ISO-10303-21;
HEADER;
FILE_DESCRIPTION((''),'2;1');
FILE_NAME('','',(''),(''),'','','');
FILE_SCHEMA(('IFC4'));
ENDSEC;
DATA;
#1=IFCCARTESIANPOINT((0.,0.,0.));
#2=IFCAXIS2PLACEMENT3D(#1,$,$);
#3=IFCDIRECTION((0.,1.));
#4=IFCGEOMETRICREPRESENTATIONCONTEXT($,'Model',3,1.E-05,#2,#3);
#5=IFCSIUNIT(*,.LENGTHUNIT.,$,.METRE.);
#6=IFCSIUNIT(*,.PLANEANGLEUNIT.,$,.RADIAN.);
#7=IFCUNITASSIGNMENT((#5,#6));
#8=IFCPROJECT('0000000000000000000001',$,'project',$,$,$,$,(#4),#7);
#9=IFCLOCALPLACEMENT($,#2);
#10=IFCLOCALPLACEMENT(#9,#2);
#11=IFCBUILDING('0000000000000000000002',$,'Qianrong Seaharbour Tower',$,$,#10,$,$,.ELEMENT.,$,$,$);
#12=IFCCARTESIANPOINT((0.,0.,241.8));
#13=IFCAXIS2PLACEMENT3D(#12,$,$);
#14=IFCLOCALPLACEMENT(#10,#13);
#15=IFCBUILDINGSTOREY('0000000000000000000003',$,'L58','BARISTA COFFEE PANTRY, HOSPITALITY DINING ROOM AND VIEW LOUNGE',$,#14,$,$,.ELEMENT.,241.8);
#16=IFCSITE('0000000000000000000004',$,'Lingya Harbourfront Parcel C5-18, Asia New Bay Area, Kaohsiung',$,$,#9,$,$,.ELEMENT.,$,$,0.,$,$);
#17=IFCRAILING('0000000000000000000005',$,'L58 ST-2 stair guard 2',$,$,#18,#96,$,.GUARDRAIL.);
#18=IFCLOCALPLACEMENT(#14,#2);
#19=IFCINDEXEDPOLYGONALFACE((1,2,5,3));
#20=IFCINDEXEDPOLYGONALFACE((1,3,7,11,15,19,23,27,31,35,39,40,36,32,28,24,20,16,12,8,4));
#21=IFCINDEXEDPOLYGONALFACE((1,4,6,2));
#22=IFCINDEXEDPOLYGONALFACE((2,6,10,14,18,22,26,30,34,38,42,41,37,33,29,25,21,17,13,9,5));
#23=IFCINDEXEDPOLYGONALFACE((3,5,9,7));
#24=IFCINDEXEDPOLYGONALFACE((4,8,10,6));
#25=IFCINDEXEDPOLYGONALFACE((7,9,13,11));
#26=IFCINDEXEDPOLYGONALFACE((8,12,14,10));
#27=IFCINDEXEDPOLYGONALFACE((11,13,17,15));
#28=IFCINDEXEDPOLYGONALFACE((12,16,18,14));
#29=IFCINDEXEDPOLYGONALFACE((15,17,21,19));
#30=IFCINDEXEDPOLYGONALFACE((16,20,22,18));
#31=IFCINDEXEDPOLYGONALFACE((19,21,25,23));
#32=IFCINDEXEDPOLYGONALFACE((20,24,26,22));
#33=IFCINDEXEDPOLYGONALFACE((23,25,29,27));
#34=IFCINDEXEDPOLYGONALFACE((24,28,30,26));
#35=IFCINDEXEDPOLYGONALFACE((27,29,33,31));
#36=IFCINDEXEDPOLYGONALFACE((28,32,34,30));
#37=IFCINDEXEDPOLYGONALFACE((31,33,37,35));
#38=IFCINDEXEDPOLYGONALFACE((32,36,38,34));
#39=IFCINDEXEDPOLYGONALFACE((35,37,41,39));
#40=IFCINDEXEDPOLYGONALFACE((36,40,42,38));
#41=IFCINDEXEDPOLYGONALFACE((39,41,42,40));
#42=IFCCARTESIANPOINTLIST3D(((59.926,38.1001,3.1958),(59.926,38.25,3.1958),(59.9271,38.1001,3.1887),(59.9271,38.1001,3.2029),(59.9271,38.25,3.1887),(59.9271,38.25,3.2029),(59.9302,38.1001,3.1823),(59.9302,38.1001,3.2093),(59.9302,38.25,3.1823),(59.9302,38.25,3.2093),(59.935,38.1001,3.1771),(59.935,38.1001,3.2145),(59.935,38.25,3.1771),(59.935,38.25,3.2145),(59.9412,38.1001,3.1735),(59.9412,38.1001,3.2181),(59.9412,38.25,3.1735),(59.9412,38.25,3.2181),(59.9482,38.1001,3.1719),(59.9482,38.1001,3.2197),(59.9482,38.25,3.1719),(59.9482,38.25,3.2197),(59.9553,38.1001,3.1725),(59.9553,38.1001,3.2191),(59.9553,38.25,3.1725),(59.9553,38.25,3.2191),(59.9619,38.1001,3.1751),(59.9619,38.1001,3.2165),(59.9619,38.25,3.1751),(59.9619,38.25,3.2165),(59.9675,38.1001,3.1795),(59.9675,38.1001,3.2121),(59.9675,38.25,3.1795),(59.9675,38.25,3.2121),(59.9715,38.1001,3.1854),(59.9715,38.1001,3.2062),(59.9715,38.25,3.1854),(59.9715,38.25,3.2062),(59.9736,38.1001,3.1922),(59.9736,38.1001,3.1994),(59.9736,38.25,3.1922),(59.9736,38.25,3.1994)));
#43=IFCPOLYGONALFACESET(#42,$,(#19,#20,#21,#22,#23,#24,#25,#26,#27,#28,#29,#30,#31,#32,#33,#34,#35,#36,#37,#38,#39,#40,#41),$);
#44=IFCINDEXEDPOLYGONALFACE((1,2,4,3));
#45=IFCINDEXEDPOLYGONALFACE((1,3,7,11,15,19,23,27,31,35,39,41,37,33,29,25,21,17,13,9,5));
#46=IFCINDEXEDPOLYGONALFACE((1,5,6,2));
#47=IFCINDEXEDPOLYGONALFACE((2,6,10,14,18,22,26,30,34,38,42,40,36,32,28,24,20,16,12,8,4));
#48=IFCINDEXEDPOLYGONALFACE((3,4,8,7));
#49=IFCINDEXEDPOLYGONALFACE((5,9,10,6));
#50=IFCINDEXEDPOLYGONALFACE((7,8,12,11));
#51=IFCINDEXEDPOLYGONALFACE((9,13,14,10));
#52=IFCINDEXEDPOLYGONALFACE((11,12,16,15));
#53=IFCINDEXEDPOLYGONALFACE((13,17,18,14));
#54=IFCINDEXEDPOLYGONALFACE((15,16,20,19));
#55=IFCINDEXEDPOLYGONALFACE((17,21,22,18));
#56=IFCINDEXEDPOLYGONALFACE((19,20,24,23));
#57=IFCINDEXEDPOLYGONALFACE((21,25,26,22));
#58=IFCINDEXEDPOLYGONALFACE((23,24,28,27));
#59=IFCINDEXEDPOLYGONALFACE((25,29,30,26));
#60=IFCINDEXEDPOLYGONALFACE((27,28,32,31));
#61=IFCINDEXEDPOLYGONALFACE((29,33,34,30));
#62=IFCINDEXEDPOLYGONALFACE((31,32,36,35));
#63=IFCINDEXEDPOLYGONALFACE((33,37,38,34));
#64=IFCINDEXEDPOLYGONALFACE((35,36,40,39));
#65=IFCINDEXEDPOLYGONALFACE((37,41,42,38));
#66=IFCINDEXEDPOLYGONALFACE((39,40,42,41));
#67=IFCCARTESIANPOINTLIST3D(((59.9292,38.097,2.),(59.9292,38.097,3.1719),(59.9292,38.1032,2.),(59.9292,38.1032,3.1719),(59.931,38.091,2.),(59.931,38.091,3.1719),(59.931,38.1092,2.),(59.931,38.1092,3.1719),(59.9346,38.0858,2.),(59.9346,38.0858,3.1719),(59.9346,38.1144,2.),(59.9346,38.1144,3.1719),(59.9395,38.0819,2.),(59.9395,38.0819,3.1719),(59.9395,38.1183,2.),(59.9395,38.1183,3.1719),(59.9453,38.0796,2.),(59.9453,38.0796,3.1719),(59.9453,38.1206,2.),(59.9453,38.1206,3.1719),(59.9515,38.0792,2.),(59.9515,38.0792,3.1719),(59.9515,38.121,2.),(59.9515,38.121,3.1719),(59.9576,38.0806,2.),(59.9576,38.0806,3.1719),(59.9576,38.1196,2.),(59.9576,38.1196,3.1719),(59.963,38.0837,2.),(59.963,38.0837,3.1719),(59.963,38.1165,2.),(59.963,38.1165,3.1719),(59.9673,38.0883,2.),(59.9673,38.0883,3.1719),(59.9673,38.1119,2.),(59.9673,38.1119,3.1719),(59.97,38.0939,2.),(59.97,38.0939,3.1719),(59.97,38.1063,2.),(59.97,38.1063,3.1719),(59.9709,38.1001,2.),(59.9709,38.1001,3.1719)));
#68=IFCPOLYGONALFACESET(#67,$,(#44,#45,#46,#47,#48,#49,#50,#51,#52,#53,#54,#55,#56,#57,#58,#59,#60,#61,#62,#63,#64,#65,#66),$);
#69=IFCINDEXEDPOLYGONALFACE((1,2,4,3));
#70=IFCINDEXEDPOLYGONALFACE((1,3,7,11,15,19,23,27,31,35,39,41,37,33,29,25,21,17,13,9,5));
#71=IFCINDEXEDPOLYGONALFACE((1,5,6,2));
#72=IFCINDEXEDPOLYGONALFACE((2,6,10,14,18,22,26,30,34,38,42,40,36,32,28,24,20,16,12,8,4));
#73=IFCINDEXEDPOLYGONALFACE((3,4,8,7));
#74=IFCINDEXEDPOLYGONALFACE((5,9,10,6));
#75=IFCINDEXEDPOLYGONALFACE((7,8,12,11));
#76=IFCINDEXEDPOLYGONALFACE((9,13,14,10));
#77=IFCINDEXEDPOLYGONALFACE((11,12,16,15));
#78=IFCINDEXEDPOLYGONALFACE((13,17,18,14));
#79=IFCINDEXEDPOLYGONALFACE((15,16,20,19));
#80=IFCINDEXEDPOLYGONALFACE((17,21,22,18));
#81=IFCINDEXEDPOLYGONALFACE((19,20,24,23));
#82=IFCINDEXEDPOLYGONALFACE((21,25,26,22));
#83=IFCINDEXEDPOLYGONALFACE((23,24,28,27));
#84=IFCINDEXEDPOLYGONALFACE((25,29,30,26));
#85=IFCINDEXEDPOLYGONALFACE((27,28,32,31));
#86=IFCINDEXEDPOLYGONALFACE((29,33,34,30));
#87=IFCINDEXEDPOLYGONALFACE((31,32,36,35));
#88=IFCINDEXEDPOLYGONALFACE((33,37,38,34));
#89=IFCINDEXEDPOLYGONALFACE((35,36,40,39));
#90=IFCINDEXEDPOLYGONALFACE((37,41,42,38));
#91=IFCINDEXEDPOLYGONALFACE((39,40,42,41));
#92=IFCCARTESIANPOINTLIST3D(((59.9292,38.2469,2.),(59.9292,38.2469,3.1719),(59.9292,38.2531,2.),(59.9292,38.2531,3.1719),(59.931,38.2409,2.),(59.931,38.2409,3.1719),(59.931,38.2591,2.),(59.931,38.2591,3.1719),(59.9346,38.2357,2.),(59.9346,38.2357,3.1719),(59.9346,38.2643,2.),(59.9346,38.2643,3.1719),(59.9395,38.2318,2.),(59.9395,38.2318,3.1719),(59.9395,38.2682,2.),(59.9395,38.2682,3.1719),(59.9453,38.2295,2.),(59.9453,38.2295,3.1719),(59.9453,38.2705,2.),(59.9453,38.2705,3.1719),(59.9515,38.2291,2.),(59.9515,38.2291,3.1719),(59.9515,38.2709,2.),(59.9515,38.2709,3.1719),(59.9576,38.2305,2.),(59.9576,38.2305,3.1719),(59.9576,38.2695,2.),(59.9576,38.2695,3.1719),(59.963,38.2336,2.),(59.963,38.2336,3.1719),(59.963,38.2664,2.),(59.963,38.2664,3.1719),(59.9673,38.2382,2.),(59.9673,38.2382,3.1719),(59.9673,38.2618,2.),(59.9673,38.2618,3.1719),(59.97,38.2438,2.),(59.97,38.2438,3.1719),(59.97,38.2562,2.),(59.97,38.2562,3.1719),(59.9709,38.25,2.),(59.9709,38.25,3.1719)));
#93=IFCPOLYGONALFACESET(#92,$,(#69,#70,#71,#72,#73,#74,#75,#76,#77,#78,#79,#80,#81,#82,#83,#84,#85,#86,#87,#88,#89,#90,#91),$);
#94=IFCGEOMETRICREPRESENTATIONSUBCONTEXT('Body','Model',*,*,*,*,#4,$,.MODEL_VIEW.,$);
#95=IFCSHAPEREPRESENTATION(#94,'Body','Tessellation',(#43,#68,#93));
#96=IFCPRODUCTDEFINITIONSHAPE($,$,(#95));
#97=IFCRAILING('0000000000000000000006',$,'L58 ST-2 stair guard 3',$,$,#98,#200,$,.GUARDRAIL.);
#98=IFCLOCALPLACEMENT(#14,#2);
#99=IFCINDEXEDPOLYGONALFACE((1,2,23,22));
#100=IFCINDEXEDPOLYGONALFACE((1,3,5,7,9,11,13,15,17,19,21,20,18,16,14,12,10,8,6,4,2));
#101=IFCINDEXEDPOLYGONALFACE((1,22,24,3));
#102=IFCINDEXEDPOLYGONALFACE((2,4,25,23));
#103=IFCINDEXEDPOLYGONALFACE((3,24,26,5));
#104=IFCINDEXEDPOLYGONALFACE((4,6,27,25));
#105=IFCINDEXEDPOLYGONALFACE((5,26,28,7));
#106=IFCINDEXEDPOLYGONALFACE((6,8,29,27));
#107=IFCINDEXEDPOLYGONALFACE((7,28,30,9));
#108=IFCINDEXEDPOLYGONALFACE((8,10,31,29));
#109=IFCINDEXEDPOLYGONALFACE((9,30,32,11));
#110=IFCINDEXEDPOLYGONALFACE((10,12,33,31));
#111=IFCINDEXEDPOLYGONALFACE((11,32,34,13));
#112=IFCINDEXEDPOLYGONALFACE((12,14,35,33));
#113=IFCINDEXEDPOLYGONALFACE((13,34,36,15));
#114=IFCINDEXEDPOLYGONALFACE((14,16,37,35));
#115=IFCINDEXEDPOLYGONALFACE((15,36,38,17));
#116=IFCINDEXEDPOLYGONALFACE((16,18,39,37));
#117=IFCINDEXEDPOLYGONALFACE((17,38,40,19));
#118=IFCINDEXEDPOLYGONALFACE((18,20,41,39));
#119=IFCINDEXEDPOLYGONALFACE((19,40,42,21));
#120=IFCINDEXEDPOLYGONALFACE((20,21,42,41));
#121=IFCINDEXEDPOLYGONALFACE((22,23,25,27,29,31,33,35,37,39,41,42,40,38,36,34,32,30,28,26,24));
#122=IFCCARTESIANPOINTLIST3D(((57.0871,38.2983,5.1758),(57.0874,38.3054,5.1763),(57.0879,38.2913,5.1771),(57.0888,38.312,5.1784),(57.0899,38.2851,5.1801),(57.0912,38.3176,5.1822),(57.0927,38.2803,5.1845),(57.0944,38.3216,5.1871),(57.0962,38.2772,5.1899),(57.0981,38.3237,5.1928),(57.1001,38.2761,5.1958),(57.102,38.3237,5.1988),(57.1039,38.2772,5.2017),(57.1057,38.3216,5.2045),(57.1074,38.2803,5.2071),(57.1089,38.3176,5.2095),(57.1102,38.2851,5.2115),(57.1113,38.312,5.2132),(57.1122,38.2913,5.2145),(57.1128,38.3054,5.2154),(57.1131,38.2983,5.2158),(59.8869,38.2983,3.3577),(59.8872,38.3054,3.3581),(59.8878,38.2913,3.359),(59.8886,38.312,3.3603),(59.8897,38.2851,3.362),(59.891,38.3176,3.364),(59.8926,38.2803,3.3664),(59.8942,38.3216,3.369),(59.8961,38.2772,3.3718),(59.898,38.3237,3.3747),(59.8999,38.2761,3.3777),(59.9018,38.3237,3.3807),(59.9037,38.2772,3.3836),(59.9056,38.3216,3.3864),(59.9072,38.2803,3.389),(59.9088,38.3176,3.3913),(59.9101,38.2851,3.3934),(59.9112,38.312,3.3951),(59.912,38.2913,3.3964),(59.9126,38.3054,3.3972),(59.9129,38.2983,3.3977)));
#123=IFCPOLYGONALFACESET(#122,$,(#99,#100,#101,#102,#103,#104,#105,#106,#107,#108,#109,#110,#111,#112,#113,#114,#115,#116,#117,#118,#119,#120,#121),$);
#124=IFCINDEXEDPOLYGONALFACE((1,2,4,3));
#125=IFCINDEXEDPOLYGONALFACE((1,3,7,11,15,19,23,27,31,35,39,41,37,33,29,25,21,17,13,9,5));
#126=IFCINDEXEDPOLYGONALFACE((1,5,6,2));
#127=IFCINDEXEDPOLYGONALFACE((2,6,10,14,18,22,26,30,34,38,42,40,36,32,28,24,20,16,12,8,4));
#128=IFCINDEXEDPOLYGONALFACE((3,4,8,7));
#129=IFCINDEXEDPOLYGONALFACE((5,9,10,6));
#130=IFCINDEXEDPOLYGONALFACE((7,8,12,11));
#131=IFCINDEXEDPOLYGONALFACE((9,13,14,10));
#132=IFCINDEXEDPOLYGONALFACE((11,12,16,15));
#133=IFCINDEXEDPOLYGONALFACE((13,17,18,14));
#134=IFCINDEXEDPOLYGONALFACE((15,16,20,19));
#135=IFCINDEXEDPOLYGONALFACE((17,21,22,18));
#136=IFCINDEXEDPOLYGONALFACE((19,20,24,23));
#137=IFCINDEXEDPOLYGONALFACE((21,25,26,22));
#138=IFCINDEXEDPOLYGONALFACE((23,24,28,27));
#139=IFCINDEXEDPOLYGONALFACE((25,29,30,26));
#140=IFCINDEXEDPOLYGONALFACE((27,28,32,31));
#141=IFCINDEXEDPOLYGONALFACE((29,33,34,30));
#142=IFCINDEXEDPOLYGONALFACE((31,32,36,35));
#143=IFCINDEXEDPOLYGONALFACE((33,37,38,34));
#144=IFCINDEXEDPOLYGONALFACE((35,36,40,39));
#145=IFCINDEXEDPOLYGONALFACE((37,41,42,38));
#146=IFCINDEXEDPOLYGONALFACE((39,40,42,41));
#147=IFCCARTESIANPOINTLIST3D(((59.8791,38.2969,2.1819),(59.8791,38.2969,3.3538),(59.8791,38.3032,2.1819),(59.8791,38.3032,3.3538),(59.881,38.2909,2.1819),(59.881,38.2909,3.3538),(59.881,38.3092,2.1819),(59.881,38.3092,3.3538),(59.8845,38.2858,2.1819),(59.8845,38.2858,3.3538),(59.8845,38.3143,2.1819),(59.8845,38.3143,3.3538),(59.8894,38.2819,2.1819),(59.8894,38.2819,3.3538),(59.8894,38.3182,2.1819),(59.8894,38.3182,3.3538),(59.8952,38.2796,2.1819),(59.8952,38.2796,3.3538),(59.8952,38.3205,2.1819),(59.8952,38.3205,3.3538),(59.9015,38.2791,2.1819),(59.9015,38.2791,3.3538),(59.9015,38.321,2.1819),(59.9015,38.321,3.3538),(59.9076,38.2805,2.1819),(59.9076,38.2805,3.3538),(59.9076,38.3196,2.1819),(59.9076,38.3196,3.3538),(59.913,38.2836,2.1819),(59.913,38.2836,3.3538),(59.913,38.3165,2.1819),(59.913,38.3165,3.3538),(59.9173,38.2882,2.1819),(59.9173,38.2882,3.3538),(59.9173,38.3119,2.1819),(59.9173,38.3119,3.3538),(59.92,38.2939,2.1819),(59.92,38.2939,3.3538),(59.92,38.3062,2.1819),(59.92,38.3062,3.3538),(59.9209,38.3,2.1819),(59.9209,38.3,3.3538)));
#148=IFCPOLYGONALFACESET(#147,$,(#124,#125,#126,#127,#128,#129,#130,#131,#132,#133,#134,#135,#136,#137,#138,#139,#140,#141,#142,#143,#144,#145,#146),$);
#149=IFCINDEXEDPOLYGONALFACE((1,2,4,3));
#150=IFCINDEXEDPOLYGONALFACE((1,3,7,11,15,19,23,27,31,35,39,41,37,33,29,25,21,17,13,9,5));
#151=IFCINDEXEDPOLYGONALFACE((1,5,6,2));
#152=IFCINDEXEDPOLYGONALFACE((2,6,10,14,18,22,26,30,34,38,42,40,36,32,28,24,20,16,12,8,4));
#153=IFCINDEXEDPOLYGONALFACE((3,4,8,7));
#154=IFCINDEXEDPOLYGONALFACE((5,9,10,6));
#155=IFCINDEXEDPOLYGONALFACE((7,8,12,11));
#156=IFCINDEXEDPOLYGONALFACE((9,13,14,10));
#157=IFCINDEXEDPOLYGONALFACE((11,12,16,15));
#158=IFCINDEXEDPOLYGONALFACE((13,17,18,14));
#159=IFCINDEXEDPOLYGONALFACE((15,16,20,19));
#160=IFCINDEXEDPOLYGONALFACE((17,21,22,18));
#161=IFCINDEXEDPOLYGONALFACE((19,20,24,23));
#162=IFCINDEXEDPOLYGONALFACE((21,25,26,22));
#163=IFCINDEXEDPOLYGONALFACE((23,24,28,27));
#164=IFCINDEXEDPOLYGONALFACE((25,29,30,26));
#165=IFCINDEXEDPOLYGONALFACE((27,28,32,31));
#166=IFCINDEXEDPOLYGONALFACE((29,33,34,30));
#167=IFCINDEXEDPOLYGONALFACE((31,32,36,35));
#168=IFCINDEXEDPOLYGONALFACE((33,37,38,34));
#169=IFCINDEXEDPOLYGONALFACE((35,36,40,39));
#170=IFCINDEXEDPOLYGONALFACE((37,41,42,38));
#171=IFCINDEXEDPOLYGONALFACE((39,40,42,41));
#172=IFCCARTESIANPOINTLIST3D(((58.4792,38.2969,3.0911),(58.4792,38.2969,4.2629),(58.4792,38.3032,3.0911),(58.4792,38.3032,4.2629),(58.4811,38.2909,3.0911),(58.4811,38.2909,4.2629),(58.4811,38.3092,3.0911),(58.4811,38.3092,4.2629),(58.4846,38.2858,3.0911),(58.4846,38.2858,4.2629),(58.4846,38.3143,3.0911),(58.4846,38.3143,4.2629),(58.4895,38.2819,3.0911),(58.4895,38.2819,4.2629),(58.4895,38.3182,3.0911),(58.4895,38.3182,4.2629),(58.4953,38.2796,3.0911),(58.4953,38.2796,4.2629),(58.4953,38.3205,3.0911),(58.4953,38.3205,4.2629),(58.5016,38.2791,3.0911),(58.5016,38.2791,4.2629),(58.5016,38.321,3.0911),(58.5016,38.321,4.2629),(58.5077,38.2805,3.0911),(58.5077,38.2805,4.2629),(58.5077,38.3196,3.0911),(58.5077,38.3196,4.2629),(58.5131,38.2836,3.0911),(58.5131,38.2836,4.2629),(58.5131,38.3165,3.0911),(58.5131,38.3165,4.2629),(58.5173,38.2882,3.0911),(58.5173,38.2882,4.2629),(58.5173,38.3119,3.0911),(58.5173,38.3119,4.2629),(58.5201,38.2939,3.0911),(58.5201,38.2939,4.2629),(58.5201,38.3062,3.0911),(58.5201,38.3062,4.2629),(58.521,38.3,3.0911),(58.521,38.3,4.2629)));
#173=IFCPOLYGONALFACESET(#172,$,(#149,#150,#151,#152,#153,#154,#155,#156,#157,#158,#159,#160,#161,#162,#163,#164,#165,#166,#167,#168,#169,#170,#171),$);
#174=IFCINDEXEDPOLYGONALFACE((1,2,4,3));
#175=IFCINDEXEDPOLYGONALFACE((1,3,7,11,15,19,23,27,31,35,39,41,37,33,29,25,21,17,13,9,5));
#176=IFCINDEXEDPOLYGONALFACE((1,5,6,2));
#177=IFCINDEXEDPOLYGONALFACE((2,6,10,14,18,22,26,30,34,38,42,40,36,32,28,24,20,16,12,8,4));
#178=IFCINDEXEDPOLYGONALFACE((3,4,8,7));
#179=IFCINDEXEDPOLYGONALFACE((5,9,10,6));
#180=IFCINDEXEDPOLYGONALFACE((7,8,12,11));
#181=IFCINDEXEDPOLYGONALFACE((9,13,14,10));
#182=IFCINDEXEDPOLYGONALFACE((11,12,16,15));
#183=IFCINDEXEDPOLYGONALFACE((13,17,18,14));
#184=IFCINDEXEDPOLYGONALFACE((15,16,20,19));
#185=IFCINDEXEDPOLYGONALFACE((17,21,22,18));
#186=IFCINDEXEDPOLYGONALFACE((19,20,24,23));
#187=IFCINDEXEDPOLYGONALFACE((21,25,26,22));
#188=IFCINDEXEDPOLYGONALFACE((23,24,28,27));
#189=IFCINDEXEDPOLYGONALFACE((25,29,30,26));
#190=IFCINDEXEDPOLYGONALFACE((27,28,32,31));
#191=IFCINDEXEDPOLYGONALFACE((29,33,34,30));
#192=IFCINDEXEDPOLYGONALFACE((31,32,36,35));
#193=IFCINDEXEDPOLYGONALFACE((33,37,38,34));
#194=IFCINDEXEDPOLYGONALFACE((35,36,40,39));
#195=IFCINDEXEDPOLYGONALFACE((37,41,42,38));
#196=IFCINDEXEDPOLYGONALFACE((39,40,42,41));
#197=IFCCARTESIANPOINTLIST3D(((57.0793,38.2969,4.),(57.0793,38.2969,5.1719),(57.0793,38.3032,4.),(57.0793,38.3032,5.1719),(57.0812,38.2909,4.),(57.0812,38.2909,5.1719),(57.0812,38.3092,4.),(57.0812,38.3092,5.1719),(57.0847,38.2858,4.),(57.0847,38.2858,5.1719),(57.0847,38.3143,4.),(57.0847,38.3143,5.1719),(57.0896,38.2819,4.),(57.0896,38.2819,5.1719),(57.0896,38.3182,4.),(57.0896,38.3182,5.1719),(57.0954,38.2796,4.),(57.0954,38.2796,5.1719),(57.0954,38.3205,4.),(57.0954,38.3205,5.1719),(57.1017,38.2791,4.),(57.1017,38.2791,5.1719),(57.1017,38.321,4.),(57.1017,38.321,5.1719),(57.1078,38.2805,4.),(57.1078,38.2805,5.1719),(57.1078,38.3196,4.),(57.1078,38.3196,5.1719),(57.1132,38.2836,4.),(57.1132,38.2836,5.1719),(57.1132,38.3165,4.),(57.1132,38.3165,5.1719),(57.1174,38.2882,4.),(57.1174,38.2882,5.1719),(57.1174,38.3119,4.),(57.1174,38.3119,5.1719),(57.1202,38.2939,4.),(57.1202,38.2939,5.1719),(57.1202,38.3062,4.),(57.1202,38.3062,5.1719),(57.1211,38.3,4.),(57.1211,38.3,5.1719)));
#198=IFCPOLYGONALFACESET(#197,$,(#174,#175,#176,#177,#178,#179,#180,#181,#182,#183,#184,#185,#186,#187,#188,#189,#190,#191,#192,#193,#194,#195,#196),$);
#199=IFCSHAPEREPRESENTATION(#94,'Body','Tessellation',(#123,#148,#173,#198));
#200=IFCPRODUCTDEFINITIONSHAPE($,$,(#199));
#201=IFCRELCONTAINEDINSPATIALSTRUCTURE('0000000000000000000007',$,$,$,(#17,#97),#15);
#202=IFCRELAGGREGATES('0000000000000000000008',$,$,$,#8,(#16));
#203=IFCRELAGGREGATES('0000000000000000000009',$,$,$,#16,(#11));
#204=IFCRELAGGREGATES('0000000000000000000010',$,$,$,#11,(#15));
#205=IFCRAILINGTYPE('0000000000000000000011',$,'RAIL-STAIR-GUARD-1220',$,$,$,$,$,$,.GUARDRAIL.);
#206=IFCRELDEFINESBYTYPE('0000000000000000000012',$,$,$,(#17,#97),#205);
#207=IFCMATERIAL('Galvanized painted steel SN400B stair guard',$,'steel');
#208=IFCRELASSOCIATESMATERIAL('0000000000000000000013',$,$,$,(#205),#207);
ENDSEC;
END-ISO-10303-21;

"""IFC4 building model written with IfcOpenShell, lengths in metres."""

from ifc_helpers import new_model, si_unit, direction, frame, origin, origin_2d, place, context, subcontext, project, spatial, circle, extrude, material, type_object, element, save


model = new_model("IFC4")

# Units and contexts
model_context = context("Model", 3, precision=1e-05, world=origin(), true_north=direction((0.0, 1.0)))
body_context = subcontext(model_context, "Body", "Model", "MODEL_VIEW")
ifc_project = project(units=[si_unit("LENGTHUNIT", "METRE"), si_unit("PLANEANGLEUNIT", "RADIAN")], contexts=[model_context])

# Site, building, storey
site_placement = place(None, origin())
site = spatial("IfcSite", under=ifc_project, at=site_placement, Name="Lingya Harbourfront Parcel C5-18, Asia New Bay Area, Kaohsiung", CompositionType="ELEMENT", RefElevation=0.0)
building_placement = place(site_placement, origin())
building = spatial("IfcBuilding", under=site, at=building_placement, Name="Qianrong Seaharbour Tower", CompositionType="ELEMENT")
storey_placement = place(building_placement, frame((0.0, 0.0, 241.8)))
storey = spatial("IfcBuildingStorey", under=building, at=storey_placement, Name="L58", Description="BARISTA COFFEE PANTRY, HOSPITALITY DINING ROOM AND VIEW LOUNGE", CompositionType="ELEMENT", Elevation=241.8)

# Railings
ifc_material_1 = material(Name="Galvanized painted steel SN400B stair guard", Category="steel")
railing_type_1 = type_object("IfcRailingType", Name="RAIL-STAIR-GUARD-1220", PredefinedType="GUARDRAIL", material=ifc_material_1)
railing_1_placement = place(storey_placement, frame((59.95, 38.1001, 2.0)))
element("IfcRailing", 1, at=railing_1_placement, inside=storey, type_object=railing_type_1, Name="L58 ST-2 stair guard 2", PredefinedType="GUARDRAIL", context=body_context, shape_type="SweptSolid", body=[
    extrude(circle(Radius=0.0239, at=origin_2d()), frame((0.0, 0.0, 1.1958), z_axis=(0.0, 1.0, 0.0), x_axis=(-1.0, 0.0, 0.0)), (0.0, 0.0, 1.0), 0.1499),
    extrude(circle(Radius=0.021, at=origin_2d()), origin(), (0.0, 0.0, 1.0), 1.1719),
    extrude(circle(Radius=0.021, at=origin_2d()), frame((0.0, 0.1499, 0.0)), (0.0, 0.0, 1.0), 1.1719),
])
railing_2_placement = place(storey_placement, frame((59.8999, 38.3, 2.1819)))
element("IfcRailing", 2, at=railing_2_placement, inside=storey, type_object=railing_type_1, Name="L58 ST-2 stair guard 3", PredefinedType="GUARDRAIL", context=body_context, shape_type="SweptSolid", body=[
    extrude(circle(Radius=0.0239, at=origin_2d()), frame((0.0, 0.0, 1.1958), z_axis=(-0.838684, 0.0, 0.544618), x_axis=(0.0, -1.0, 0.0)), (0.0, 0.0, 1.0), 3.3384),
    extrude(circle(Radius=0.021, at=origin_2d()), origin(), (0.0, 0.0, 1.0), 1.1719),
    extrude(circle(Radius=0.021, at=origin_2d()), frame((-1.3999, 0.0, 0.9092)), (0.0, 0.0, 1.0), 1.1719),
    extrude(circle(Radius=0.021, at=origin_2d()), frame((-2.7998, 0.0, 1.8181)), (0.0, 0.0, 1.0), 1.1719),
])

save(model, "model.ifc")
